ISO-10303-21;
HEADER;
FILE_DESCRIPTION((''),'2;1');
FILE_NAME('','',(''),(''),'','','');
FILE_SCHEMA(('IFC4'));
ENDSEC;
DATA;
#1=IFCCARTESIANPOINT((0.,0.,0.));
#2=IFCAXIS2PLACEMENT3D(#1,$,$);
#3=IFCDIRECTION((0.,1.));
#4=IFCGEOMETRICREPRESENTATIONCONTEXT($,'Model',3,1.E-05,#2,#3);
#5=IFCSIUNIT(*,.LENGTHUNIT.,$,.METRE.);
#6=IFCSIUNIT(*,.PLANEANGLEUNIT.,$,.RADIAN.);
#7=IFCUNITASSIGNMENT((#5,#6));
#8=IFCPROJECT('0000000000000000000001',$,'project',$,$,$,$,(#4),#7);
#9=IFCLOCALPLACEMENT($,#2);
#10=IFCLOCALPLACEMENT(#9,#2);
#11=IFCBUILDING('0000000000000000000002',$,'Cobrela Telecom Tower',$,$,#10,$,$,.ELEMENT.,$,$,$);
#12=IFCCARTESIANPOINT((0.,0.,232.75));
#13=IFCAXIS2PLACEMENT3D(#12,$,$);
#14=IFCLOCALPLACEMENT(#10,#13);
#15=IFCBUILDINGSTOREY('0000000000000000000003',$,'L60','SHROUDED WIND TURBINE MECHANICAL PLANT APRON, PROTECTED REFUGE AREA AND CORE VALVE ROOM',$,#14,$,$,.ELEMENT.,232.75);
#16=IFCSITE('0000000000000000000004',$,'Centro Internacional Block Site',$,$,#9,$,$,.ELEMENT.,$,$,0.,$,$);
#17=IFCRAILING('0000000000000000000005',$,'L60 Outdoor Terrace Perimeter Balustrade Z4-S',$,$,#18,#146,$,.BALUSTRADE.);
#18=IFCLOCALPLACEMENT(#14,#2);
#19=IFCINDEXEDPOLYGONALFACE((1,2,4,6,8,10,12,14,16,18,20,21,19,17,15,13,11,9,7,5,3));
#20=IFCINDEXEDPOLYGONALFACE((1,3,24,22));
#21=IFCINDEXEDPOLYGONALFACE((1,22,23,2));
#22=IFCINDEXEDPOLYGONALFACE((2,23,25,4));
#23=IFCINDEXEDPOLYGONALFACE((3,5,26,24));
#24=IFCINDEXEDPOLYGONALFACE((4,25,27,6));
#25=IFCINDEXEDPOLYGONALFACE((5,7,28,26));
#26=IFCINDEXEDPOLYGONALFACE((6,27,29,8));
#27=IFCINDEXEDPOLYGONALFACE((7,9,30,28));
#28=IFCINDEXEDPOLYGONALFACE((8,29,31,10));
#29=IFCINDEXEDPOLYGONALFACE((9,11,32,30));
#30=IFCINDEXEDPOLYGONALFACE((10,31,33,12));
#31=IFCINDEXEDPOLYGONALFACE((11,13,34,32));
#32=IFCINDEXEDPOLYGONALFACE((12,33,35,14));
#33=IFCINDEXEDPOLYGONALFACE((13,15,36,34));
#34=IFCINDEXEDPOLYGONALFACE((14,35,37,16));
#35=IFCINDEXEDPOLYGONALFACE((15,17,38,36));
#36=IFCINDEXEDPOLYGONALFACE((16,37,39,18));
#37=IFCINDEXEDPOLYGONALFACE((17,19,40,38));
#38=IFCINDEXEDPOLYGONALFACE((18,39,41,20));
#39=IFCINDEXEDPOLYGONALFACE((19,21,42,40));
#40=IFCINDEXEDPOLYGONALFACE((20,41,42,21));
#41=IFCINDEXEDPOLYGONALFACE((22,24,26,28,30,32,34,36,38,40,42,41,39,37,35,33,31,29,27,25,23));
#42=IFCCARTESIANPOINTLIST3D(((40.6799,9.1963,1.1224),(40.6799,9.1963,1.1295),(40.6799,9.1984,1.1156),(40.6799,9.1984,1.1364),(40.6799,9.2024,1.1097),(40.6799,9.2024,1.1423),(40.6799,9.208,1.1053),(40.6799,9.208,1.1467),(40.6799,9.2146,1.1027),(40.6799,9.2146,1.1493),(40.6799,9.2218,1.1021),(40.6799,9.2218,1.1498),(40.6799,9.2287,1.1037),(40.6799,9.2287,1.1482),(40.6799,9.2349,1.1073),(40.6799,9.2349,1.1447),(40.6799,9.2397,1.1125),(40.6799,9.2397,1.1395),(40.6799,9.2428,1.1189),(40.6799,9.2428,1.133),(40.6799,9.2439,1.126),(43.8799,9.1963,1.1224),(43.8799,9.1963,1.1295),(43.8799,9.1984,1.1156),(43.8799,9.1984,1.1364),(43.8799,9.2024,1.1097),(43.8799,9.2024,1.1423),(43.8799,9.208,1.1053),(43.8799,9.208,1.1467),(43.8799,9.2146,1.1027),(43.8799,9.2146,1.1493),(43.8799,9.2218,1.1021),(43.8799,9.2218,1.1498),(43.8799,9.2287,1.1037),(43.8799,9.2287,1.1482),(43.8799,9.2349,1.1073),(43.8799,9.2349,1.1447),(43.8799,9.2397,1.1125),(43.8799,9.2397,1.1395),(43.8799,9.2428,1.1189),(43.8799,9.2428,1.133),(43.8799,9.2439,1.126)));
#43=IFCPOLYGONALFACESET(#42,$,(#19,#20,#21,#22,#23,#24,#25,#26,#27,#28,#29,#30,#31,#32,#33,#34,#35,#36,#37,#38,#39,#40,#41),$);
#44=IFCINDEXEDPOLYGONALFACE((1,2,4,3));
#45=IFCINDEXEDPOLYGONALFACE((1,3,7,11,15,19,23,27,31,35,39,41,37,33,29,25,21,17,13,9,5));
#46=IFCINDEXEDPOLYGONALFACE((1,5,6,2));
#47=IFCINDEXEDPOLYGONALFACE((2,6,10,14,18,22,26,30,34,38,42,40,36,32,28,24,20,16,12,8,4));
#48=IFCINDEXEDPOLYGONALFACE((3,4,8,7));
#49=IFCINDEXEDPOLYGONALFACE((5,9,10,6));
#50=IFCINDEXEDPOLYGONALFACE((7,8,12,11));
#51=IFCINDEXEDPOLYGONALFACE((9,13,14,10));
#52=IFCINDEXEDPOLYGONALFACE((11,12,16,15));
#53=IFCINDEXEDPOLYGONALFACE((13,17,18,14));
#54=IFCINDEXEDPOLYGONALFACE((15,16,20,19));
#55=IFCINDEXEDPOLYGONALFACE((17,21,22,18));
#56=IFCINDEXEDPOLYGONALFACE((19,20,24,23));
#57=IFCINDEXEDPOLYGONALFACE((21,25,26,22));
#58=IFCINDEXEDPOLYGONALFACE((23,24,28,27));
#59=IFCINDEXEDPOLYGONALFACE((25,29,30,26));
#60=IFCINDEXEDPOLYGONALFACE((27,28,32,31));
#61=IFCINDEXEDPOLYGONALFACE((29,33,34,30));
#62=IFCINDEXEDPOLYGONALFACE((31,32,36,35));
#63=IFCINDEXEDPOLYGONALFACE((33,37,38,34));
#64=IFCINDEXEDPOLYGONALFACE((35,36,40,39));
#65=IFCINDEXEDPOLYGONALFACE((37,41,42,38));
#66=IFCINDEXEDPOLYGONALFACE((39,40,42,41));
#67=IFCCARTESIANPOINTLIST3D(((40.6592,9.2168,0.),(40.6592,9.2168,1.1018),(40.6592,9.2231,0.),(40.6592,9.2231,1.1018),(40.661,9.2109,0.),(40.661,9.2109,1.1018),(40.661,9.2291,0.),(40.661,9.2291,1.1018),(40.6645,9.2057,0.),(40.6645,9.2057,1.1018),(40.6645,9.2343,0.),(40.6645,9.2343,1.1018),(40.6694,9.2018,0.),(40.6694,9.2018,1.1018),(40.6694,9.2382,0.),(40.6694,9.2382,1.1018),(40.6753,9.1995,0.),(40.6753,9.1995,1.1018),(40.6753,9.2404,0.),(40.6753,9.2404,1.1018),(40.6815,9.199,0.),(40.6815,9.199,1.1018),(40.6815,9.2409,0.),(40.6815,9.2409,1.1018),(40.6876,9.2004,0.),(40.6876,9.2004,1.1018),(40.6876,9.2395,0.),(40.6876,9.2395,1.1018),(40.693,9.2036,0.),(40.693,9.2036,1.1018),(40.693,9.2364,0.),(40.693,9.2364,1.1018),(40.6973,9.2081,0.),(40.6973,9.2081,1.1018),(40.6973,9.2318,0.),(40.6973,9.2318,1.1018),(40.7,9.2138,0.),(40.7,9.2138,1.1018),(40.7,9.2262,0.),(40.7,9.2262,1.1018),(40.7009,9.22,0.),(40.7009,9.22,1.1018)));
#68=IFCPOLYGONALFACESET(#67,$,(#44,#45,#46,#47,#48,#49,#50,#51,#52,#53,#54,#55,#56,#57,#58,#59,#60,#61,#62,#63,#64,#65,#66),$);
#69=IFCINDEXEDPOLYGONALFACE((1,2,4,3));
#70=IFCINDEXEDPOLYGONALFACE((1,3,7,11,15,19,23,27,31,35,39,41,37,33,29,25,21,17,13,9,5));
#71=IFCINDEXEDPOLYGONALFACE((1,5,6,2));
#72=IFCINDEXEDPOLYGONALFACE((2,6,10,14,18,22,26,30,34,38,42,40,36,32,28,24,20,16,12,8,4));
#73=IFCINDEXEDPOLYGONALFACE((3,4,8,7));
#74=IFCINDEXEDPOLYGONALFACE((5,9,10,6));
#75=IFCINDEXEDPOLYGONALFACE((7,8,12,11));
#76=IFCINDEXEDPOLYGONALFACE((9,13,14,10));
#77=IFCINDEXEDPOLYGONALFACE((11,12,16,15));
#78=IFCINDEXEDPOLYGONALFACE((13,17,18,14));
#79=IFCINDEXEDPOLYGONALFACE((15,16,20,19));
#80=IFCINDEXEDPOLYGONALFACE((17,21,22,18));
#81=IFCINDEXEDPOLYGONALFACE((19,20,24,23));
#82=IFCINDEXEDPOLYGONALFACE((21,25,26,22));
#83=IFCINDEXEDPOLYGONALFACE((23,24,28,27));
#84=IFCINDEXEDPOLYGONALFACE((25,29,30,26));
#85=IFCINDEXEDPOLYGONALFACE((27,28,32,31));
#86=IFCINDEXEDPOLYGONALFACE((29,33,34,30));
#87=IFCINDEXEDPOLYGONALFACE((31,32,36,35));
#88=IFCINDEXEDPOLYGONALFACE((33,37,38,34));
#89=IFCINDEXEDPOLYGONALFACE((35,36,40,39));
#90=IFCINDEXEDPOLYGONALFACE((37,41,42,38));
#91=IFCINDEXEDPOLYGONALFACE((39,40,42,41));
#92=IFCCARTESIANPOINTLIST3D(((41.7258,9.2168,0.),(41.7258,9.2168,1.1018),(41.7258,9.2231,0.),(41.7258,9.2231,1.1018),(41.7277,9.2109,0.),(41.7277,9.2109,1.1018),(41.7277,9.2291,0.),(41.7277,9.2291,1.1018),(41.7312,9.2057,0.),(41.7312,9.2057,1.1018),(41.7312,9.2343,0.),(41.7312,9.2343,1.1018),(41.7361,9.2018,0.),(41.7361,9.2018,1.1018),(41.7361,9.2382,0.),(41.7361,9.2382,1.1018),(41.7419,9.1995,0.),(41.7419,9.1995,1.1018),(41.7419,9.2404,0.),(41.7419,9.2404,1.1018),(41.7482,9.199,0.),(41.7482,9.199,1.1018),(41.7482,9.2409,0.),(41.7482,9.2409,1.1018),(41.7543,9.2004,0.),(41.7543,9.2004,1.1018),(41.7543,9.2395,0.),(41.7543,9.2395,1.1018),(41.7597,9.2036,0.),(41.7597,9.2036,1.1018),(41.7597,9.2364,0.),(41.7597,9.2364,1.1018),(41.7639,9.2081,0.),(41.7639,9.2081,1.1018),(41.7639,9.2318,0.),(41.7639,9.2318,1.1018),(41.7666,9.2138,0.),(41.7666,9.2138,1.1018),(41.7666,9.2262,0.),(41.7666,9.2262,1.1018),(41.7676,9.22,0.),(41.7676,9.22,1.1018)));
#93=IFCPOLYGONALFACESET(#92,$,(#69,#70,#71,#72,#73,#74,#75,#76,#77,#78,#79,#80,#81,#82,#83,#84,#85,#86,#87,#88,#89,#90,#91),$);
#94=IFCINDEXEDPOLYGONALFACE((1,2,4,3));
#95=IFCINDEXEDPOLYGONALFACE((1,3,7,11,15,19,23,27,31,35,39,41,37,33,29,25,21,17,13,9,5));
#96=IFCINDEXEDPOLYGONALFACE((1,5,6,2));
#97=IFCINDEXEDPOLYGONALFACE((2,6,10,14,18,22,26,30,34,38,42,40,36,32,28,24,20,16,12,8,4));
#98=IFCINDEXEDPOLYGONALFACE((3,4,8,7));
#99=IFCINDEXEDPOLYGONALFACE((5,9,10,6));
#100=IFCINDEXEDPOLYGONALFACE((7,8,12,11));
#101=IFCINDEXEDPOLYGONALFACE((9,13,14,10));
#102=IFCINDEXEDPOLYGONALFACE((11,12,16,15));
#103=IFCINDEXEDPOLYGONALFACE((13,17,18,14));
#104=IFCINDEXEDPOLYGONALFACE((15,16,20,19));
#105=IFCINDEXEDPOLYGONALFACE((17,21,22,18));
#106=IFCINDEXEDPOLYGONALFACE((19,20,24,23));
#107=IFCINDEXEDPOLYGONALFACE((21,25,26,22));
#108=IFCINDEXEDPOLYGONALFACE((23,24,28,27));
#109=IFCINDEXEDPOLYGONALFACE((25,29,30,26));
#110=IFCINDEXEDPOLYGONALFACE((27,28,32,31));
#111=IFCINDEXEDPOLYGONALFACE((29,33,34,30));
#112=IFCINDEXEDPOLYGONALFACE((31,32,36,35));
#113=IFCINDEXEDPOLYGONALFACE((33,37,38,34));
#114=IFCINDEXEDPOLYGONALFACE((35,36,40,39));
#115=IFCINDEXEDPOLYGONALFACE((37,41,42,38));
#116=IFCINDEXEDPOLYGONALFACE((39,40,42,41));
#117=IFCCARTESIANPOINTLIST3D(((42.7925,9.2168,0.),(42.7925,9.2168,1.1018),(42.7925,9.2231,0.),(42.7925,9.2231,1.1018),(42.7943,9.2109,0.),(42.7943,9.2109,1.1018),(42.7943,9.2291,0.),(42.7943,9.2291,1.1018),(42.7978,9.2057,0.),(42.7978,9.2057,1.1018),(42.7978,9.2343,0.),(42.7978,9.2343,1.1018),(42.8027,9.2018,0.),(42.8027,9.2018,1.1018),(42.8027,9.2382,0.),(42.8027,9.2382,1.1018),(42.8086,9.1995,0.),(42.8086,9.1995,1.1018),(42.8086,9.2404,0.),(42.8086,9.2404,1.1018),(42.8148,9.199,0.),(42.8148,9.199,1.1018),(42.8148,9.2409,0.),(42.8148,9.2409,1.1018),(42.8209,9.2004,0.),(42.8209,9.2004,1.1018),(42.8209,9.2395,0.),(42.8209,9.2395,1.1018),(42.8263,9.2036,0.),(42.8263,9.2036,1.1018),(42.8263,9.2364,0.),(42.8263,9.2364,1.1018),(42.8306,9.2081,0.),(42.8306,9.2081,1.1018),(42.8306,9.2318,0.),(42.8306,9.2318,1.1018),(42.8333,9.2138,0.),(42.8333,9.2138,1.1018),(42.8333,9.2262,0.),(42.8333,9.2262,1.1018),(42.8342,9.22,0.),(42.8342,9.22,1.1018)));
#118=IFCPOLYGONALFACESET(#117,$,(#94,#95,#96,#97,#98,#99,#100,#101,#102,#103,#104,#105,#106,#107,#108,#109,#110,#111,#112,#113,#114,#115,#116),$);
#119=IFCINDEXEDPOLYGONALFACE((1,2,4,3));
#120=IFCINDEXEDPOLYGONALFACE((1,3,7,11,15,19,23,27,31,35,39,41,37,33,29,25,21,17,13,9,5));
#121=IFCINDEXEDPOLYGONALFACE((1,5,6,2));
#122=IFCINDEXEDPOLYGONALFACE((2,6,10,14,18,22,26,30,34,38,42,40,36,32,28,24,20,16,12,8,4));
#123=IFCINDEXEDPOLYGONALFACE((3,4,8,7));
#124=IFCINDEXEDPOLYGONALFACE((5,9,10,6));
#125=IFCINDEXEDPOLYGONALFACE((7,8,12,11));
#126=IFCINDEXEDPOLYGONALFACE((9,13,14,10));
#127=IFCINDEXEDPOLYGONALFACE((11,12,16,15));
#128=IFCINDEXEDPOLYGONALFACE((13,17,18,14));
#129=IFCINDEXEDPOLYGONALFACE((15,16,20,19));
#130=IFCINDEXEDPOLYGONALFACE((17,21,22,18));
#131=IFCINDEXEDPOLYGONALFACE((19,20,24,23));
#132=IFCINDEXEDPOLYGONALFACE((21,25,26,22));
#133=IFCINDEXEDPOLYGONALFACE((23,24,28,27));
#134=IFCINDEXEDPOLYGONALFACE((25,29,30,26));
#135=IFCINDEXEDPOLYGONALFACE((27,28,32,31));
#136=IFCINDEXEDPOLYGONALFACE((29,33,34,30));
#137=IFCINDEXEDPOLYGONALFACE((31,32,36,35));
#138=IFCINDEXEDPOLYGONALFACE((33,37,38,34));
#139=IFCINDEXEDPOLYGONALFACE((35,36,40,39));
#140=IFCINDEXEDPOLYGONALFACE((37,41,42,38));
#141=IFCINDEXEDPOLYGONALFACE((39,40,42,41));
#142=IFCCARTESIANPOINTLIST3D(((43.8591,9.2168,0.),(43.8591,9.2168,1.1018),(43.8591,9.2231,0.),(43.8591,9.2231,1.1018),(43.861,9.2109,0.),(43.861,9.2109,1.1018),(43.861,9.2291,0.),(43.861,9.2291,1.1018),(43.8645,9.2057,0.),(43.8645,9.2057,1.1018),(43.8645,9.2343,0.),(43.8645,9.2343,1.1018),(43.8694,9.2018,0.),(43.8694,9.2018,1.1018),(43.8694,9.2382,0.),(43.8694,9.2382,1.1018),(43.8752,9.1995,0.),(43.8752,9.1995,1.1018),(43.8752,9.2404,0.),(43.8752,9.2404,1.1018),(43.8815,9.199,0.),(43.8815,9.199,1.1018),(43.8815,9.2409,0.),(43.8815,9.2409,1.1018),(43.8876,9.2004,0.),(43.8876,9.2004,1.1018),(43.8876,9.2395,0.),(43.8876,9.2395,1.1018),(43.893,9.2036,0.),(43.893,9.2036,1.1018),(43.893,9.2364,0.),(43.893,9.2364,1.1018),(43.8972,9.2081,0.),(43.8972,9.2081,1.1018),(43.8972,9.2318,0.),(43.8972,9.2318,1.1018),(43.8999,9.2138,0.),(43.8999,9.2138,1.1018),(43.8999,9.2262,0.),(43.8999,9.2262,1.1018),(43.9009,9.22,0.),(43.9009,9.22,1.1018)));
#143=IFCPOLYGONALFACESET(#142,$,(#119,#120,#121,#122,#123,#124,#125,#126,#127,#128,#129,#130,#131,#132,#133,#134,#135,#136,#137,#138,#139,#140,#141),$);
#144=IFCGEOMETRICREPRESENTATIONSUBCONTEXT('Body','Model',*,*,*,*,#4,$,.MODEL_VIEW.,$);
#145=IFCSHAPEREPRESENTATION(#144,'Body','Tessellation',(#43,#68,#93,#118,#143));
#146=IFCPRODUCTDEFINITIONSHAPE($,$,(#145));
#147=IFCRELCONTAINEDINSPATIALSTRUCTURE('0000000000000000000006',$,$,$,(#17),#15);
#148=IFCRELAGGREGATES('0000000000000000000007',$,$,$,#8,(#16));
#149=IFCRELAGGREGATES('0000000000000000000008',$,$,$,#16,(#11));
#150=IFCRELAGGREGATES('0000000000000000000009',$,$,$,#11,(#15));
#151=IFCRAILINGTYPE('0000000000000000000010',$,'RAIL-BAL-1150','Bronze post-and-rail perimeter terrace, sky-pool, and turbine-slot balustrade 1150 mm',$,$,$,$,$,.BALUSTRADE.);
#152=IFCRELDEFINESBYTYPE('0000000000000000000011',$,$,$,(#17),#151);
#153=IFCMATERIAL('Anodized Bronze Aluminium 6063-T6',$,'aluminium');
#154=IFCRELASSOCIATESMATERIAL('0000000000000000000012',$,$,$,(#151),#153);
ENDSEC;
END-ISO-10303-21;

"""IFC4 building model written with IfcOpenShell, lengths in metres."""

from ifc_helpers import new_model, si_unit, direction, frame, origin, origin_2d, place, context, subcontext, project, spatial, circle, extrude, material, type_object, element, save


model = new_model("IFC4")

# Units and contexts
model_context = context("Model", 3, precision=1e-05, world=origin(), true_north=direction((0.0, 1.0)))
body_context = subcontext(model_context, "Body", "Model", "MODEL_VIEW")
ifc_project = project(units=[si_unit("LENGTHUNIT", "METRE"), si_unit("PLANEANGLEUNIT", "RADIAN")], contexts=[model_context])

# Site, building, storey
site_placement = place(None, origin())
site = spatial("IfcSite", under=ifc_project, at=site_placement, Name="Centro Internacional Block Site", CompositionType="ELEMENT", RefElevation=0.0)
building_placement = place(site_placement, origin())
building = spatial("IfcBuilding", under=site, at=building_placement, Name="Cobrela Telecom Tower", CompositionType="ELEMENT")
storey_placement = place(building_placement, frame((0.0, 0.0, 232.75)))
storey = spatial("IfcBuildingStorey", under=building, at=storey_placement, Name="L60", Description="SHROUDED WIND TURBINE MECHANICAL PLANT APRON, PROTECTED REFUGE AREA AND CORE VALVE ROOM", CompositionType="ELEMENT", Elevation=232.75)

# Railing
ifc_material_1 = material(Name="Anodized Bronze Aluminium 6063-T6", Category="aluminium")
railing_type = type_object("IfcRailingType", Name="RAIL-BAL-1150", Description="Bronze post-and-rail perimeter terrace, sky-pool, and turbine-slot balustrade 1150 mm", PredefinedType="BALUSTRADE", material=ifc_material_1)
railing_1_placement = place(storey_placement, frame((40.6799, 9.22, 0.0)))
element("IfcRailing", 1, at=railing_1_placement, inside=storey, type_object=railing_type, Name="L60 Outdoor Terrace Perimeter Balustrade Z4-S", PredefinedType="BALUSTRADE", context=body_context, shape_type="SweptSolid", body=[
    extrude(circle(Radius=0.0239, at=origin_2d()), frame((0.0, 0.0, 1.126), z_axis=(1.0, 0.0, 0.0), x_axis=(0.0, 1.0, 0.0)), (0.0, 0.0, 1.0), 3.2),
    extrude(circle(Radius=0.021, at=origin_2d()), origin(), (0.0, 0.0, 1.0), 1.1018),
    extrude(circle(Radius=0.021, at=origin_2d()), frame((1.0667, 0.0, 0.0)), (0.0, 0.0, 1.0), 1.1018),
    extrude(circle(Radius=0.021, at=origin_2d()), frame((2.1333, 0.0, 0.0)), (0.0, 0.0, 1.0), 1.1018),
    extrude(circle(Radius=0.021, at=origin_2d()), frame((3.2, 0.0, 0.0)), (0.0, 0.0, 1.0), 1.1018),
])

save(model, "model.ifc")
